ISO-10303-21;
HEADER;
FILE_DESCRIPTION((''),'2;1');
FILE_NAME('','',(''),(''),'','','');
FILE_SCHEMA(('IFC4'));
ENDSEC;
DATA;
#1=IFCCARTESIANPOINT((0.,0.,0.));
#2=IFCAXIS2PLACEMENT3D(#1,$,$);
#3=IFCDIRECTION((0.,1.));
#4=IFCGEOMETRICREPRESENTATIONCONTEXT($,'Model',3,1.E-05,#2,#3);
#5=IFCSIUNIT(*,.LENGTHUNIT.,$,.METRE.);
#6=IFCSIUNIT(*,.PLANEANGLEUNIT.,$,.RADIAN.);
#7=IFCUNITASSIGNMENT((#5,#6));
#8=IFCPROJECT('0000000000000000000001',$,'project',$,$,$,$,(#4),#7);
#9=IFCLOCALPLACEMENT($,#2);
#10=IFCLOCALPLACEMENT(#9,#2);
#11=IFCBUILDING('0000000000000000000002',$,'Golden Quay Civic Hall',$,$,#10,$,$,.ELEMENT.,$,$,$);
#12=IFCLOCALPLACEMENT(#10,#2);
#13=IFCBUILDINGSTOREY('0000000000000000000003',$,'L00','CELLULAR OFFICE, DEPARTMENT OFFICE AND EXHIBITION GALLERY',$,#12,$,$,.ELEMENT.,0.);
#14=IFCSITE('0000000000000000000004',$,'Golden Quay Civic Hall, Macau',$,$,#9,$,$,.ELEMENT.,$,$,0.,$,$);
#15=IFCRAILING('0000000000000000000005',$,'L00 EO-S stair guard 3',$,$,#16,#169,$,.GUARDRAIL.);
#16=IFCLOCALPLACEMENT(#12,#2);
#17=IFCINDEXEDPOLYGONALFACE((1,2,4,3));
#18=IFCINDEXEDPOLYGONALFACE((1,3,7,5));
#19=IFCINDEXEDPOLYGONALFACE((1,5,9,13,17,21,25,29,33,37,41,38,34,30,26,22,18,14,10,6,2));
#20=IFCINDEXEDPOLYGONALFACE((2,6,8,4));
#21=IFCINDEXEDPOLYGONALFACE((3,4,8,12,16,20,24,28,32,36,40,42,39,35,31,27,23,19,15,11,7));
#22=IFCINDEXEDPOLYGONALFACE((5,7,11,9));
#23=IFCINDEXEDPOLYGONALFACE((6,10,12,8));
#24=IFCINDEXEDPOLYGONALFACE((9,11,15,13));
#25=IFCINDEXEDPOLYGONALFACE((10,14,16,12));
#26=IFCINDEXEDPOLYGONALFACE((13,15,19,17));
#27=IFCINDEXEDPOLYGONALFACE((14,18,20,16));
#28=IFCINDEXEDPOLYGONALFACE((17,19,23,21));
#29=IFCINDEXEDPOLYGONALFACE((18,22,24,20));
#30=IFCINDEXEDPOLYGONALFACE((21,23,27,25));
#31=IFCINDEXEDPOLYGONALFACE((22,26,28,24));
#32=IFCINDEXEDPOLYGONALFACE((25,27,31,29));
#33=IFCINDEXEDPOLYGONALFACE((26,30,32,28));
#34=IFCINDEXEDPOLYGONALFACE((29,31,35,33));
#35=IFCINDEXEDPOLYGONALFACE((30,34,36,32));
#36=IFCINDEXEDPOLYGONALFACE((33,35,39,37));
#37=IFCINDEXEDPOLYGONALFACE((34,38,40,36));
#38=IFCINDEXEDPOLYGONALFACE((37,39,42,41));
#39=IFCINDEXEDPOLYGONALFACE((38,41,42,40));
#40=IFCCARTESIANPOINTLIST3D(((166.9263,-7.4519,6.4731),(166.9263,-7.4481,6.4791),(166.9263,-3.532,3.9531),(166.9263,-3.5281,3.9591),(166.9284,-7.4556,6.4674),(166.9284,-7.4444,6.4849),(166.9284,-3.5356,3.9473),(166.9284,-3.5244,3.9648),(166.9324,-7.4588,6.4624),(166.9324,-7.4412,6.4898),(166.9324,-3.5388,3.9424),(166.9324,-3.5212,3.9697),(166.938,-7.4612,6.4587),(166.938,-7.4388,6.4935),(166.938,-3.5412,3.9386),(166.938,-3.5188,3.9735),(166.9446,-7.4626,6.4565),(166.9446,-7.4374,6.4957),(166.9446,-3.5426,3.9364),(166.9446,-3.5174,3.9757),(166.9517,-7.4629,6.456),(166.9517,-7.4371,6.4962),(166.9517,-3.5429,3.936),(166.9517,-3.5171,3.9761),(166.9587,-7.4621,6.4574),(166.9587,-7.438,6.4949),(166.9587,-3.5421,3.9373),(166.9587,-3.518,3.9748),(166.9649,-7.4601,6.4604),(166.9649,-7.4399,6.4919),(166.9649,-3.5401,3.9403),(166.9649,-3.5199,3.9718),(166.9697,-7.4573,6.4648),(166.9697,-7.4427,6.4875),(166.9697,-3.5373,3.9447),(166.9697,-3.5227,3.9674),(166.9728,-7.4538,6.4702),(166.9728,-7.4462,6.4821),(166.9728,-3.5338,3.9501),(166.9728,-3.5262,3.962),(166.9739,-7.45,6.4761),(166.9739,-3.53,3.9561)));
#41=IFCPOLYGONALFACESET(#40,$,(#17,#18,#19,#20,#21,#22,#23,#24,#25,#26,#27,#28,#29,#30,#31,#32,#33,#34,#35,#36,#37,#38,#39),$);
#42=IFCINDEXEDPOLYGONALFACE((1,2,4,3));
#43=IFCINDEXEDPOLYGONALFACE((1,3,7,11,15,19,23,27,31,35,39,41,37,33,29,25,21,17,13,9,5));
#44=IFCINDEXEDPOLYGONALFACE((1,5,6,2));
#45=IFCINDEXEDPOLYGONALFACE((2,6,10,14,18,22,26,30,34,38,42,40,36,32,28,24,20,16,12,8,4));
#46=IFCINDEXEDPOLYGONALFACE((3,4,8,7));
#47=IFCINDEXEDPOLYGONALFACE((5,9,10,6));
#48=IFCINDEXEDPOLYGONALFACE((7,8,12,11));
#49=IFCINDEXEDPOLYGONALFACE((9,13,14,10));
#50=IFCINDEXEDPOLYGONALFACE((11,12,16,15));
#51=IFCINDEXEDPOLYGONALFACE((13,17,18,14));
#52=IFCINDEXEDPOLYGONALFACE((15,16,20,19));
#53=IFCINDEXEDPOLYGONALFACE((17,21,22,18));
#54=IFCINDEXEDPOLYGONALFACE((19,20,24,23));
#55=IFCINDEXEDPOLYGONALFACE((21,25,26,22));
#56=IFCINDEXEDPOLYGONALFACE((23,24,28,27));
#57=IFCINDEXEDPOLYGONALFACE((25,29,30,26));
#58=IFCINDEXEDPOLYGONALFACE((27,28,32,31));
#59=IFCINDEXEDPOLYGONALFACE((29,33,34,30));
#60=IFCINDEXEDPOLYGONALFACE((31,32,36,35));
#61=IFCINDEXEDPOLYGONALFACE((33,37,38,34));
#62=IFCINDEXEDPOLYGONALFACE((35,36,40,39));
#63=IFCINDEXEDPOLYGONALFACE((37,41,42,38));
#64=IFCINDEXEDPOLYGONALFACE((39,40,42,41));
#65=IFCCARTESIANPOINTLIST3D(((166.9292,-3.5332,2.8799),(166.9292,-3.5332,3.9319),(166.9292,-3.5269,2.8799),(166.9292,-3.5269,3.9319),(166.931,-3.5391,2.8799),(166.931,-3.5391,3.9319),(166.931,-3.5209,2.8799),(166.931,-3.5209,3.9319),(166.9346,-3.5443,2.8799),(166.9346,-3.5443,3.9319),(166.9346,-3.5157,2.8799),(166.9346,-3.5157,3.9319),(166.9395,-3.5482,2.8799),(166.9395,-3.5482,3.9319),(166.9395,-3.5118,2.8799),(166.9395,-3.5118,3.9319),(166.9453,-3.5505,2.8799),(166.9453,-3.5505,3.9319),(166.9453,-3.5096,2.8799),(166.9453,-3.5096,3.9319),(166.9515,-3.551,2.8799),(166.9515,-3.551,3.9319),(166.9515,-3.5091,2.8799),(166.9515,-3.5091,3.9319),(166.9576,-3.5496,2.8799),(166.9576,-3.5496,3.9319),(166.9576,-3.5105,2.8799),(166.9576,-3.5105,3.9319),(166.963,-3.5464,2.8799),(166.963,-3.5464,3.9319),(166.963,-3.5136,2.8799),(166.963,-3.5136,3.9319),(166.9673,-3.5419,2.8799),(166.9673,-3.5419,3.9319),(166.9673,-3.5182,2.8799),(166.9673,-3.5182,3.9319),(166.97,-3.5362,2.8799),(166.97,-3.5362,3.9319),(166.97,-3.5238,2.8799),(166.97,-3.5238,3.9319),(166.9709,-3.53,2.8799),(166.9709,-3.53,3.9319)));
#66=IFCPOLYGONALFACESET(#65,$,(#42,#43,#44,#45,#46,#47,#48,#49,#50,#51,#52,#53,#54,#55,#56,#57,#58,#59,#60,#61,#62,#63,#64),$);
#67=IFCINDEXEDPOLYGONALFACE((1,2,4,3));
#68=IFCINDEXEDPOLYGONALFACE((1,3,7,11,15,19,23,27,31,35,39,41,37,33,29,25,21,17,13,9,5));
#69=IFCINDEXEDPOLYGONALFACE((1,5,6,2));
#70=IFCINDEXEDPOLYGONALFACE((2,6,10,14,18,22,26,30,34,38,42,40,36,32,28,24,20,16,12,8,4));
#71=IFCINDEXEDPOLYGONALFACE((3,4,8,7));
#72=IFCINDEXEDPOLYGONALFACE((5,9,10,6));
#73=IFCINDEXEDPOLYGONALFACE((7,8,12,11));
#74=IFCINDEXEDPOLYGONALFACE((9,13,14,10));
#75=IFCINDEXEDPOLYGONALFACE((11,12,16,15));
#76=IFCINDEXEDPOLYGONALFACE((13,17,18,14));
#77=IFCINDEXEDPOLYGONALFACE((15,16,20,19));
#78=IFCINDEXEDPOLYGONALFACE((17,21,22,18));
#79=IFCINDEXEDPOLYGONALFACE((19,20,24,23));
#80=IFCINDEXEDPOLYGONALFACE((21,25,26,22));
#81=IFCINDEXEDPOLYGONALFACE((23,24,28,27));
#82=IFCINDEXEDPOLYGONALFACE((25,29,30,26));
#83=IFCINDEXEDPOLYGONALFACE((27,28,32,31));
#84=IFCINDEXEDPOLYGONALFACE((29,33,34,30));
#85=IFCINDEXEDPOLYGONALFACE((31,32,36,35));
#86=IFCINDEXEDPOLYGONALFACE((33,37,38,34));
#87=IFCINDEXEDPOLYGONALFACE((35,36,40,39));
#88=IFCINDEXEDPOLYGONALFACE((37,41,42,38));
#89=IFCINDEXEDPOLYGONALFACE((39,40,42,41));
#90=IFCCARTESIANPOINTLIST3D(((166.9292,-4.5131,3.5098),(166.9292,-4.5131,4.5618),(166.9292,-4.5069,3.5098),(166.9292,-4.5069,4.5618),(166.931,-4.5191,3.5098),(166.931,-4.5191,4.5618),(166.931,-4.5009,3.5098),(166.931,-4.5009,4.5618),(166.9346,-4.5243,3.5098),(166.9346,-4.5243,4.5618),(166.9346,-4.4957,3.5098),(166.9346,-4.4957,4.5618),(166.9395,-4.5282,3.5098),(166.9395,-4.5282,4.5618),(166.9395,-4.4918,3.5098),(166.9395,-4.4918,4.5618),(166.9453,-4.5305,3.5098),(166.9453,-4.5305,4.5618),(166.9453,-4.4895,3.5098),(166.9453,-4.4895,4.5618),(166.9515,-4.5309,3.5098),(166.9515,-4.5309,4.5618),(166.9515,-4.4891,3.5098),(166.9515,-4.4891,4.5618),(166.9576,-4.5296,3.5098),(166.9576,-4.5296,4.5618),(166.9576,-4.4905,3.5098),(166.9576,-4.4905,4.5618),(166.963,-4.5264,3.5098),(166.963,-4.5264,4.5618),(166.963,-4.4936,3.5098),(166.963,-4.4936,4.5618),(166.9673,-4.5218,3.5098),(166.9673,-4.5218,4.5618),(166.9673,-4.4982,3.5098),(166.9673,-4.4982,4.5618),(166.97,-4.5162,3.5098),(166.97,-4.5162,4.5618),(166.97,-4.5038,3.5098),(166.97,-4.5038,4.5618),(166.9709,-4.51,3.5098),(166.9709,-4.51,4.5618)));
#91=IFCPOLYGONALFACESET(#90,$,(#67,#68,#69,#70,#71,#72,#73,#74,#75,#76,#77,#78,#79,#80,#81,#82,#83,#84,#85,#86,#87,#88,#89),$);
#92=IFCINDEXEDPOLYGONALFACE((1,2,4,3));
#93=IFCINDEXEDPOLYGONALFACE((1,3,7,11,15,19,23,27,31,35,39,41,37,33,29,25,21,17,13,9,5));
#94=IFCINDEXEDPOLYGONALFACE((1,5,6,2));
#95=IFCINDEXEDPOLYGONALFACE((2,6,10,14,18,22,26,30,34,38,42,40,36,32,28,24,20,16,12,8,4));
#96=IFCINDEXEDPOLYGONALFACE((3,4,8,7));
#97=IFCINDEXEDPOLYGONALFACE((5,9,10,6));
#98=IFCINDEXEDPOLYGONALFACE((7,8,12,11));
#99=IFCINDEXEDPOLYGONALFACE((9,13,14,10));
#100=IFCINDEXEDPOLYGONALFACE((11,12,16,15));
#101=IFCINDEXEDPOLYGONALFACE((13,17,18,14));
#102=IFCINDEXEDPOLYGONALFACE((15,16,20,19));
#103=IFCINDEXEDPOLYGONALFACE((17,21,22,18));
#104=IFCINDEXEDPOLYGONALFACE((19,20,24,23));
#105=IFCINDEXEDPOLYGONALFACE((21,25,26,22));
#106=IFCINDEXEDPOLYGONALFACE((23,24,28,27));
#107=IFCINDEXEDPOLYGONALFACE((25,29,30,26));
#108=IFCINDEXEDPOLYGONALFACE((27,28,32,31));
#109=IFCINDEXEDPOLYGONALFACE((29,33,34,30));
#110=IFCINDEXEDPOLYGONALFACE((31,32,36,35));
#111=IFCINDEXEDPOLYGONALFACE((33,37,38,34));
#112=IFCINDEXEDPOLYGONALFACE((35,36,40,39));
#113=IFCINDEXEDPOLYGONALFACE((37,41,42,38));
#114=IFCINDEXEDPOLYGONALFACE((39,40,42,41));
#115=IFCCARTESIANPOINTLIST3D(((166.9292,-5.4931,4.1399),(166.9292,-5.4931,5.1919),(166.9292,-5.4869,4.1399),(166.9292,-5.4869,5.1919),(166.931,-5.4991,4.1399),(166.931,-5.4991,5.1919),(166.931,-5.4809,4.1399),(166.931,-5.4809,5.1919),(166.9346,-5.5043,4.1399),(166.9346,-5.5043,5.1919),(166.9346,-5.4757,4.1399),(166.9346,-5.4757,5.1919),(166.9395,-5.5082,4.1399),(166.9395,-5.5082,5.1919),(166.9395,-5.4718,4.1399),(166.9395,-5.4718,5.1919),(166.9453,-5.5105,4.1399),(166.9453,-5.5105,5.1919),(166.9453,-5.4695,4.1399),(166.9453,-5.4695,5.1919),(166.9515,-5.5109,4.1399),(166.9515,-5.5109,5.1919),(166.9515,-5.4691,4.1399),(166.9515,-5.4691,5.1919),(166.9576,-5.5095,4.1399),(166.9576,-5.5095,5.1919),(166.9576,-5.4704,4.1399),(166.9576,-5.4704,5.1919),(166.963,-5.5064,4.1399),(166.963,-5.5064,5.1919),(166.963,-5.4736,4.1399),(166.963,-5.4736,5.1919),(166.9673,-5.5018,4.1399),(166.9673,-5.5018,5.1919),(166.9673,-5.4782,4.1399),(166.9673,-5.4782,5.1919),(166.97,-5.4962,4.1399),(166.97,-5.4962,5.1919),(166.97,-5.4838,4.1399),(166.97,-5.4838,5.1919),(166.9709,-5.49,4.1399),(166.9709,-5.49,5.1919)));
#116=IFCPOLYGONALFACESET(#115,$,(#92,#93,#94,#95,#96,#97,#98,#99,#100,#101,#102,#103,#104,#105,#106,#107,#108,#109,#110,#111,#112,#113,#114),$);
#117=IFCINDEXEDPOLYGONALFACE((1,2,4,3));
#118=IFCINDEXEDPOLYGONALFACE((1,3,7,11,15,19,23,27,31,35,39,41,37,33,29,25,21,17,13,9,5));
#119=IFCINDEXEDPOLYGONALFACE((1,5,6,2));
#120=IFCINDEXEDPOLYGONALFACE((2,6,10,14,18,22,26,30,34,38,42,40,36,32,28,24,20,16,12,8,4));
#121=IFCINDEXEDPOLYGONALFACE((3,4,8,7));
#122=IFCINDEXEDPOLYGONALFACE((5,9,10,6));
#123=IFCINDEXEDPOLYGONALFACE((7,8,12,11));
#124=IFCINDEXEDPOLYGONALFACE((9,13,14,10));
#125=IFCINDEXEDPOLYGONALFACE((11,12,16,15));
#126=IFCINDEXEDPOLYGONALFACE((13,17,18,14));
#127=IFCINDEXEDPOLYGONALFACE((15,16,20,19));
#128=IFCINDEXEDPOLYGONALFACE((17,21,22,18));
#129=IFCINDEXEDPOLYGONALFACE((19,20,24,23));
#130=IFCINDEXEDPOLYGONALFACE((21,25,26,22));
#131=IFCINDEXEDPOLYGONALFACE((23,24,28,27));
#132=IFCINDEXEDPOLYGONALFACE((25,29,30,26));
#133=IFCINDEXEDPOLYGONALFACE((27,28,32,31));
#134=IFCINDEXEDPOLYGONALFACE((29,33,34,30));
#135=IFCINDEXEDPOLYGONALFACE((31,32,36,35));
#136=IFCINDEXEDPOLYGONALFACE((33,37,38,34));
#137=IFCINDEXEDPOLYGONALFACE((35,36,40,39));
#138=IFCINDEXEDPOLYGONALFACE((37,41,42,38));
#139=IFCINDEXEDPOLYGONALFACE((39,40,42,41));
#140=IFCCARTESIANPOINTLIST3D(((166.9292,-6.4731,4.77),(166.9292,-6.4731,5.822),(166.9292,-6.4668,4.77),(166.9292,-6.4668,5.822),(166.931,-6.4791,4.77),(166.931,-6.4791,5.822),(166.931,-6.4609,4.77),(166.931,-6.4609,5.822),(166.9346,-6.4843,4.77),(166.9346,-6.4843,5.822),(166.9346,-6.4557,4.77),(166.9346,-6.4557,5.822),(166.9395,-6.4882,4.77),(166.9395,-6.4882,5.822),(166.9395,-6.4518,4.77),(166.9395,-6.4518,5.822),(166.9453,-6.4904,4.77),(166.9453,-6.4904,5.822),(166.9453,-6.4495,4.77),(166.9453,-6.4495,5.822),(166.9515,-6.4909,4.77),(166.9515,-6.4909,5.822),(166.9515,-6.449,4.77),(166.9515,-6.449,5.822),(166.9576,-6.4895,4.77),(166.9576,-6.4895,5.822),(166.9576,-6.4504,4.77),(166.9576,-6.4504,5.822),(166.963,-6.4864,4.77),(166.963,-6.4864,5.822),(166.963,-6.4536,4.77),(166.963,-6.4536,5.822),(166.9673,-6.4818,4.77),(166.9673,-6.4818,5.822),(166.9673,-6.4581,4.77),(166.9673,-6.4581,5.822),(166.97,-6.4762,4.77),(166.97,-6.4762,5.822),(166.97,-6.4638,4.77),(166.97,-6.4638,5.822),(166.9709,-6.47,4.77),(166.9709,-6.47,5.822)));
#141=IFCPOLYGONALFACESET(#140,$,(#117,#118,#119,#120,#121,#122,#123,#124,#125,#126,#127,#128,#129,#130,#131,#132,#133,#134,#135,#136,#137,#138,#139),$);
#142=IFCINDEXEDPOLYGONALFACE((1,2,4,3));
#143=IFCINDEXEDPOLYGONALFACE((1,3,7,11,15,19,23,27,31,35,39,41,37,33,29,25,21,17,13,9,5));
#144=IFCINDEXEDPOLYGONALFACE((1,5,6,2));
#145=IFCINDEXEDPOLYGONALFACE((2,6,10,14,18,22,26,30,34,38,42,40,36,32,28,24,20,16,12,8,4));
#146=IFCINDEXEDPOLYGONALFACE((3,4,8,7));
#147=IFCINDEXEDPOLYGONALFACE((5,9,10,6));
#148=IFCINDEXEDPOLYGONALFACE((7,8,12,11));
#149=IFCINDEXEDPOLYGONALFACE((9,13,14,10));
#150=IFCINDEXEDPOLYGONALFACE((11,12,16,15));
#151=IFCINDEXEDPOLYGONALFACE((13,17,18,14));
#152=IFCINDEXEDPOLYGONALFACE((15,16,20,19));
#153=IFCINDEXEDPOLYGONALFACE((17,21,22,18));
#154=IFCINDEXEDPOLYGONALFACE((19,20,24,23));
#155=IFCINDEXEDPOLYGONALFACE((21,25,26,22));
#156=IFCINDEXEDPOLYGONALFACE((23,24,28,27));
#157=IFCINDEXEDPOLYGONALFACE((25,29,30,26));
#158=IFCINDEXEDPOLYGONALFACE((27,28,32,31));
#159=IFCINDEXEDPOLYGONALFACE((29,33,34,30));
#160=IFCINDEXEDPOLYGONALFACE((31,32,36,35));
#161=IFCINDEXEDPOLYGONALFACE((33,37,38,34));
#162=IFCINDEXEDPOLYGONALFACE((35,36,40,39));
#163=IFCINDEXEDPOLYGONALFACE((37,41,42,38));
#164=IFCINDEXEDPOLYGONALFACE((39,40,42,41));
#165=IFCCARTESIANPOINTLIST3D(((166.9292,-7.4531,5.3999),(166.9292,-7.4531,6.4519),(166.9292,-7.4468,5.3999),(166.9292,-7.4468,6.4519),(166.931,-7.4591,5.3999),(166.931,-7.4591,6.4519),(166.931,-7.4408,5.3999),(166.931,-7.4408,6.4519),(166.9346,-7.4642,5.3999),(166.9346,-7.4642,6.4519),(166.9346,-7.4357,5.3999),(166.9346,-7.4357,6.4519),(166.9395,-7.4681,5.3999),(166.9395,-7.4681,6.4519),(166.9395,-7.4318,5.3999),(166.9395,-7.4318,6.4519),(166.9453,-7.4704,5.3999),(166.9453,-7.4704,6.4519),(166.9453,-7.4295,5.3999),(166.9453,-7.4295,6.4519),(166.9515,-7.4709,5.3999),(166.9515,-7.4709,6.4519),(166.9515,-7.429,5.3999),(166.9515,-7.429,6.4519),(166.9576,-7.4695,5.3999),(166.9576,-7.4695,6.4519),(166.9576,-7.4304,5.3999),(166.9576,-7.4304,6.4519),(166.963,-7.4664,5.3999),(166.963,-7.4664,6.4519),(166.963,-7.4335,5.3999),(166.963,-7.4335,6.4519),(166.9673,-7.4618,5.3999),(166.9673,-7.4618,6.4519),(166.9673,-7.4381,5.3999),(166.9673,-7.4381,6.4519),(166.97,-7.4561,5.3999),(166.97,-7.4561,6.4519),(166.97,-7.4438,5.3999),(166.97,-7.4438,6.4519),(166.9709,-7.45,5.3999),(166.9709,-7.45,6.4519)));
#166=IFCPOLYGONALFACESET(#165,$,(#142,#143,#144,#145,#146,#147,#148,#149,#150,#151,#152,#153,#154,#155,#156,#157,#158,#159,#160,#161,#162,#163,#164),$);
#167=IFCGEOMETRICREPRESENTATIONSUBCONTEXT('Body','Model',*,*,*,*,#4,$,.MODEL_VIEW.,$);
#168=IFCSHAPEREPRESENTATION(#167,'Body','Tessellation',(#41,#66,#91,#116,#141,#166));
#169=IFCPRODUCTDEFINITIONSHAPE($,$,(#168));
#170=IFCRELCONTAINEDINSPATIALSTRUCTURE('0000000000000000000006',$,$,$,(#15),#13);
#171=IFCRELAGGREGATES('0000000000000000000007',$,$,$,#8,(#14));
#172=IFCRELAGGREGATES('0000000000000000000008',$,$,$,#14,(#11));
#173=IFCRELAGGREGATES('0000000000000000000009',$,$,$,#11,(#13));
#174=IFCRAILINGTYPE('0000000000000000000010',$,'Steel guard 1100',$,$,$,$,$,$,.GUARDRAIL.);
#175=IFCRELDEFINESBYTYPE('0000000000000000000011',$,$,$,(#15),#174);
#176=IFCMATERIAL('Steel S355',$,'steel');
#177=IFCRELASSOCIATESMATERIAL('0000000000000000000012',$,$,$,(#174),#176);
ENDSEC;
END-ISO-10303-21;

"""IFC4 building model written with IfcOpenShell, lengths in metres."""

from ifc_helpers import new_model, si_unit, direction, frame, origin, origin_2d, place, context, subcontext, project, spatial, circle, extrude, material, type_object, element, save


model = new_model("IFC4")

# Units and contexts
model_context = context("Model", 3, precision=1e-05, world=origin(), true_north=direction((0.0, 1.0)))
body_context = subcontext(model_context, "Body", "Model", "MODEL_VIEW")
ifc_project = project(units=[si_unit("LENGTHUNIT", "METRE"), si_unit("PLANEANGLEUNIT", "RADIAN")], contexts=[model_context])

# Site, building, storey
site_placement = place(None, origin())
site = spatial("IfcSite", under=ifc_project, at=site_placement, Name="Golden Quay Civic Hall, Macau", CompositionType="ELEMENT", RefElevation=0.0)
building_placement = place(site_placement, origin())
building = spatial("IfcBuilding", under=site, at=building_placement, Name="Golden Quay Civic Hall", CompositionType="ELEMENT")
storey_placement = place(building_placement, origin())
storey = spatial("IfcBuildingStorey", under=building, at=storey_placement, Name="L00", Description="CELLULAR OFFICE, DEPARTMENT OFFICE AND EXHIBITION GALLERY", CompositionType="ELEMENT", Elevation=0.0)

# Railing
ifc_material_1 = material(Name="Steel S355", Category="steel")
railing_type_1 = type_object("IfcRailingType", Name="Steel guard 1100", PredefinedType="GUARDRAIL", material=ifc_material_1)
railing_1_placement = place(storey_placement, frame((166.95, -3.53, 2.8799)))
element("IfcRailing", 1, at=railing_1_placement, inside=storey, type_object=railing_type_1, Name="L00 EO-S stair guard 3", PredefinedType="GUARDRAIL", context=body_context, shape_type="SweptSolid", body=[
    extrude(circle(Radius=0.0239, at=origin_2d()), frame((0.0, 0.0, 1.0762), z_axis=(0.0, -0.841172, 0.540768), x_axis=(1.0, 0.0, 0.0)), (0.0, 0.0, 1.0), 4.6602),
    extrude(circle(Radius=0.021, at=origin_2d()), origin(), (0.0, 0.0, 1.0), 1.052),
    extrude(circle(Radius=0.021, at=origin_2d()), frame((0.0, -0.98, 0.6299)), (0.0, 0.0, 1.0), 1.052),
    extrude(circle(Radius=0.021, at=origin_2d()), frame((0.0, -1.96, 1.26)), (0.0, 0.0, 1.0), 1.052),
    extrude(circle(Radius=0.021, at=origin_2d()), frame((0.0, -2.9399, 1.8901)), (0.0, 0.0, 1.0), 1.052),
    extrude(circle(Radius=0.021, at=origin_2d()), frame((0.0, -3.9199, 2.52)), (0.0, 0.0, 1.0), 1.052),
])

save(model, "model.ifc")
